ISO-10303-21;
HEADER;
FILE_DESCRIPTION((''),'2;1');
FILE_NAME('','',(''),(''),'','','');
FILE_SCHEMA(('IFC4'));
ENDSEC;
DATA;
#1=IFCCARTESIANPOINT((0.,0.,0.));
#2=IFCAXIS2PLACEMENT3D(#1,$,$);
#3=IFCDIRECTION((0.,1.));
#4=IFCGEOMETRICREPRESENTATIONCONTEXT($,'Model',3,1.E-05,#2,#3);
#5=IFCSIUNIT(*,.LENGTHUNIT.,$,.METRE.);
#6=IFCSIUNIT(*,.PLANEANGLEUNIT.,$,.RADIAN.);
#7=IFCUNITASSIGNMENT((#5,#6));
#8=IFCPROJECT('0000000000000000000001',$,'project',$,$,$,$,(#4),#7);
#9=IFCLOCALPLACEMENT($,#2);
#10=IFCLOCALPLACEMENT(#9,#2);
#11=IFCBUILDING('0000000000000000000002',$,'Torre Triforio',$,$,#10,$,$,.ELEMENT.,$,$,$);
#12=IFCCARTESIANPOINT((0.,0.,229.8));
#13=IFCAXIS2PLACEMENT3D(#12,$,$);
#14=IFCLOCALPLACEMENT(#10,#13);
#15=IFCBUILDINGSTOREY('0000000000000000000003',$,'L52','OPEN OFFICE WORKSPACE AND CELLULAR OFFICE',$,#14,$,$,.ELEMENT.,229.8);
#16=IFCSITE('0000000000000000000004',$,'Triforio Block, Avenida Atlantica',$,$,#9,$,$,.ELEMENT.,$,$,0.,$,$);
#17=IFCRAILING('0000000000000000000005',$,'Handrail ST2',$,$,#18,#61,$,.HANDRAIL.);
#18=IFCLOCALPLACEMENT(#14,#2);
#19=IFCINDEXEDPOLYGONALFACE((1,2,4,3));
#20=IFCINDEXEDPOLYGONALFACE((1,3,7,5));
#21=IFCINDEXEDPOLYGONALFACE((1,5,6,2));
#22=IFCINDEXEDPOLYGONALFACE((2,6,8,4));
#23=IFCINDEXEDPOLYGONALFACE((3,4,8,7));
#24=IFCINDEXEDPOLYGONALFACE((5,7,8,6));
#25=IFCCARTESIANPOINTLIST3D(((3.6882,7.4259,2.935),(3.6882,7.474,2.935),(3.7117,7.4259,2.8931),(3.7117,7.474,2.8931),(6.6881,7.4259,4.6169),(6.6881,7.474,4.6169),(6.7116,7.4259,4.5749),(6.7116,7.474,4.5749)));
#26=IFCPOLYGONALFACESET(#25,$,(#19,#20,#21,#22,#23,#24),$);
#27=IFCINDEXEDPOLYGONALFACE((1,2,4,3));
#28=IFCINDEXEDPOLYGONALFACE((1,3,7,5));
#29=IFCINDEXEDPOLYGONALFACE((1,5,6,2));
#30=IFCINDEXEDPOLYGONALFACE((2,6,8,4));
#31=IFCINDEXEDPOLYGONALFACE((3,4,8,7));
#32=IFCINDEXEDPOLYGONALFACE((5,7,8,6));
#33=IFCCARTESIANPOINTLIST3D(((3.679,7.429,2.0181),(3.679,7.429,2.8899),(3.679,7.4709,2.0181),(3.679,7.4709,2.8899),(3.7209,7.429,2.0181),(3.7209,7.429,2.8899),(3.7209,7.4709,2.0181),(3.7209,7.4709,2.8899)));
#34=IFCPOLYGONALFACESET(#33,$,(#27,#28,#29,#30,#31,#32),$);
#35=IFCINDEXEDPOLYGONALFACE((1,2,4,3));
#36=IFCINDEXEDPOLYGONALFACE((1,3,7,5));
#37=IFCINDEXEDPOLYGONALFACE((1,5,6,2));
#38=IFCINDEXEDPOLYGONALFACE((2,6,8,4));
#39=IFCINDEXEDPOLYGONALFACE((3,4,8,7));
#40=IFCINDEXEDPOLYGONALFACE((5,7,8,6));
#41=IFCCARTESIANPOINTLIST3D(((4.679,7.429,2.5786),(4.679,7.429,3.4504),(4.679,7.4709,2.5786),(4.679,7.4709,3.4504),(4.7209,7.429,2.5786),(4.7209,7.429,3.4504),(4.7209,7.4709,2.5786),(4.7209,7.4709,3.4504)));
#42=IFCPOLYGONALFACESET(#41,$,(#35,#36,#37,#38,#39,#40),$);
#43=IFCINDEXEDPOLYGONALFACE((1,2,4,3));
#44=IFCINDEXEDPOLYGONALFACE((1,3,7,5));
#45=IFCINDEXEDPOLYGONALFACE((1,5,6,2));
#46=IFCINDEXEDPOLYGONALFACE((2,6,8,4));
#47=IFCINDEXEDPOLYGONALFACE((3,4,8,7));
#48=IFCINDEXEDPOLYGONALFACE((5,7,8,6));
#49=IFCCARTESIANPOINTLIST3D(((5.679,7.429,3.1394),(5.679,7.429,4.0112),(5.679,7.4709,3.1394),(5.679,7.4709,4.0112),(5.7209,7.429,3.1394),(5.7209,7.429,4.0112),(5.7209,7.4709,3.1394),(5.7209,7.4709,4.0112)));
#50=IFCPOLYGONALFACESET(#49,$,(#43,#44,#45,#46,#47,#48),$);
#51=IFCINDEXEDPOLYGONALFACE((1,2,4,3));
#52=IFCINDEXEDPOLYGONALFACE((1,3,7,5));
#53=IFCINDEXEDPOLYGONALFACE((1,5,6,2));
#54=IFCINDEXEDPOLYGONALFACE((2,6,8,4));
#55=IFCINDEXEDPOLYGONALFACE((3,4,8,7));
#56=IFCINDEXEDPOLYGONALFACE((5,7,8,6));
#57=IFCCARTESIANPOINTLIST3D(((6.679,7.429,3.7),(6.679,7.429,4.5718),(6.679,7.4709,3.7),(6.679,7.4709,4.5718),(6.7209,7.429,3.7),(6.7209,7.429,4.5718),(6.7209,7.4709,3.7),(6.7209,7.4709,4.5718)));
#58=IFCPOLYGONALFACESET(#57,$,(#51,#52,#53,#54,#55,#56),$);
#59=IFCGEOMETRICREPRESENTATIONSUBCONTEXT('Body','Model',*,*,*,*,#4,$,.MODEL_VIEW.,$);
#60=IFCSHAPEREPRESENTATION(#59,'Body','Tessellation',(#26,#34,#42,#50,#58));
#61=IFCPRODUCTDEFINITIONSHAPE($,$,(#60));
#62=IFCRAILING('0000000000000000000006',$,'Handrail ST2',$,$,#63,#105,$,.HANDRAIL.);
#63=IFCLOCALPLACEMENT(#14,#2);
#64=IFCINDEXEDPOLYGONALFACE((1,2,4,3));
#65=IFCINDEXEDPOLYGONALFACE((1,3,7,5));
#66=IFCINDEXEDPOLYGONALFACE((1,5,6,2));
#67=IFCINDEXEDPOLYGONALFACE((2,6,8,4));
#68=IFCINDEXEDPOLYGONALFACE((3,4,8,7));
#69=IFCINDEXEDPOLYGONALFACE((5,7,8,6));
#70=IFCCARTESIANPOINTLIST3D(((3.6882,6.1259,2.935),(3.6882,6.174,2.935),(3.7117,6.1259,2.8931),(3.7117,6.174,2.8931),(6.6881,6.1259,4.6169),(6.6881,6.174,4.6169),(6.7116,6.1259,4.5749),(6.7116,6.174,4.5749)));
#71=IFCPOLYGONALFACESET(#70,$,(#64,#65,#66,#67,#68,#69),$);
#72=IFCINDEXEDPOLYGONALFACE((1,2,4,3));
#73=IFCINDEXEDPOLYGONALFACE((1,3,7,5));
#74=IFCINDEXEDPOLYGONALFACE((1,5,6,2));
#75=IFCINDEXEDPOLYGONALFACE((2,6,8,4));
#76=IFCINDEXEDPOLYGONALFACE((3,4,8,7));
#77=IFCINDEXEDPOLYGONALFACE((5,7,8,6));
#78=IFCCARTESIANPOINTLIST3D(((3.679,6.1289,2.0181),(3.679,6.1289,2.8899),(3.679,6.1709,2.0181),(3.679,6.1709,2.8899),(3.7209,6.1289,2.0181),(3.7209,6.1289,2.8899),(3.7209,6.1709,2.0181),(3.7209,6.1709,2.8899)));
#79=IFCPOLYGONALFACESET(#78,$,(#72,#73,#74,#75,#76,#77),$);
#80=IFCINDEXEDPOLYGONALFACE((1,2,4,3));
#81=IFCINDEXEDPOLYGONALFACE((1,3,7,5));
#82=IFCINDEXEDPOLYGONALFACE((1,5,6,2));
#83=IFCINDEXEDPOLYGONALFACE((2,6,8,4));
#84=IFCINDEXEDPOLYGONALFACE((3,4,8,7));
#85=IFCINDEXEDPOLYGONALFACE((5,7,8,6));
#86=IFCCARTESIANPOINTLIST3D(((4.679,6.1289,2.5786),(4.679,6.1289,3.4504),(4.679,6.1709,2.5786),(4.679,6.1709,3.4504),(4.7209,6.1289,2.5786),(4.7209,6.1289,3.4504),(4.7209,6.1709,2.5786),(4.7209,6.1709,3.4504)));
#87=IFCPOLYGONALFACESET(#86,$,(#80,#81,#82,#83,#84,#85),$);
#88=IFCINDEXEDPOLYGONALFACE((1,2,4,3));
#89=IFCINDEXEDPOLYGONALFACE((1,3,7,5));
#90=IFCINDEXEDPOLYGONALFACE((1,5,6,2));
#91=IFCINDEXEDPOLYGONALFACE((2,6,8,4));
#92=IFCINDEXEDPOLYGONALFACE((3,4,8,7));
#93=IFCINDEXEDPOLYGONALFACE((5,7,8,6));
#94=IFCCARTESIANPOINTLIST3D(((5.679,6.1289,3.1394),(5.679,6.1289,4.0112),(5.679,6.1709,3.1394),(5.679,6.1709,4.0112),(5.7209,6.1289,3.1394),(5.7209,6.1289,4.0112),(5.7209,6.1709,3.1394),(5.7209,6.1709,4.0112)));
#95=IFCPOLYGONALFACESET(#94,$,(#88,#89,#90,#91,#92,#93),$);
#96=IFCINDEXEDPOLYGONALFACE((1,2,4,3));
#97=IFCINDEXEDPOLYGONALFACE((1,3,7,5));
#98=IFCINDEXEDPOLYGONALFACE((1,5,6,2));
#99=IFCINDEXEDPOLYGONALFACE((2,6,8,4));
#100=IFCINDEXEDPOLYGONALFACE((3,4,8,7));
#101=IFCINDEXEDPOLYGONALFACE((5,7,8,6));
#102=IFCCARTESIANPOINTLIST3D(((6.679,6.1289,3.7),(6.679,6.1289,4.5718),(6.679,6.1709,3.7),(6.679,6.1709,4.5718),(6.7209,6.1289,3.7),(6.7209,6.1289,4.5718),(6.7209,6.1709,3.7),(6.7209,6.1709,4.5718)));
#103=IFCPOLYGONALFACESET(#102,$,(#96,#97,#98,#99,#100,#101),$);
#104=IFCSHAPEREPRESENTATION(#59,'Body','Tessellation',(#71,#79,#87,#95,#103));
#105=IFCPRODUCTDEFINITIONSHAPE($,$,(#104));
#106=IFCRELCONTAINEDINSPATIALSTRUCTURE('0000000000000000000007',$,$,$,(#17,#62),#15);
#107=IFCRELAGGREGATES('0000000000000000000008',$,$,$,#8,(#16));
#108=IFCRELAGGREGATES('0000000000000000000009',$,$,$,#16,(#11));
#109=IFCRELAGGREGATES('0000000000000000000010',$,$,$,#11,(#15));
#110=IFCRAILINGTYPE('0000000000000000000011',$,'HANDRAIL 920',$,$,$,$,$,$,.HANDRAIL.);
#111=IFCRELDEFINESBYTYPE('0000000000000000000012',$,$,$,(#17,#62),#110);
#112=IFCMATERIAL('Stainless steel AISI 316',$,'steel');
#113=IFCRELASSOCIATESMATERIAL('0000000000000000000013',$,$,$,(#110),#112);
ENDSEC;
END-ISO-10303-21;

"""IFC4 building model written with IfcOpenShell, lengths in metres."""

from ifc_helpers import new_model, si_unit, direction, frame, origin, origin_2d, place, context, subcontext, project, spatial, rectangle, extrude, material, type_object, element, save


model = new_model("IFC4")

# Units and contexts
model_context = context("Model", 3, precision=1e-05, world=origin(), true_north=direction((0.0, 1.0)))
body_context = subcontext(model_context, "Body", "Model", "MODEL_VIEW")
ifc_project = project(units=[si_unit("LENGTHUNIT", "METRE"), si_unit("PLANEANGLEUNIT", "RADIAN")], contexts=[model_context])

# Site, building, storey
site_placement = place(None, origin())
site = spatial("IfcSite", under=ifc_project, at=site_placement, Name="Triforio Block, Avenida Atlantica", CompositionType="ELEMENT", RefElevation=0.0)
building_placement = place(site_placement, origin())
building = spatial("IfcBuilding", under=site, at=building_placement, Name="Torre Triforio", CompositionType="ELEMENT")
storey_placement = place(building_placement, frame((0.0, 0.0, 229.8)))
storey = spatial("IfcBuildingStorey", under=building, at=storey_placement, Name="L52", Description="OPEN OFFICE WORKSPACE AND CELLULAR OFFICE", CompositionType="ELEMENT", Elevation=229.8)

# Railings
ifc_material_1 = material(Name="Stainless steel AISI 316", Category="steel")
railing_type = type_object("IfcRailingType", Name="HANDRAIL 920", PredefinedType="HANDRAIL", material=ifc_material_1)
for number, where, name in (
    (1, (3.7, 7.45, 2.0181), "Handrail ST2"),
    (2, (3.7, 6.1499, 2.0181), "Handrail ST2"),
):
    element("IfcRailing", number, at=place(storey_placement, frame(where)), inside=storey, type_object=railing_type, Name=name, PredefinedType="HANDRAIL", context=body_context, shape_type="SweptSolid", body=[
        extrude(rectangle(XDim=0.0481, YDim=0.0481, at=origin_2d()), frame((0.0, 0.0, 0.896), z_axis=(0.872272, 0.0, 0.48902), x_axis=(0.0, 1.0, 0.0)), (0.0, 0.0, 1.0), 3.4392),
        extrude(rectangle(XDim=0.042, YDim=0.042, at=origin_2d()), origin(), (0.0, 0.0, 1.0), 0.8718),
        extrude(rectangle(XDim=0.042, YDim=0.042, at=origin_2d()), frame((1.0, 0.0, 0.5605)), (0.0, 0.0, 1.0), 0.8718),
        extrude(rectangle(XDim=0.042, YDim=0.042, at=origin_2d()), frame((2.0, 0.0, 1.1213)), (0.0, 0.0, 1.0), 0.8718),
        extrude(rectangle(XDim=0.042, YDim=0.042, at=origin_2d()), frame((3.0, 0.0, 1.6819)), (0.0, 0.0, 1.0), 0.8718),
    ])

save(model, "model.ifc")
